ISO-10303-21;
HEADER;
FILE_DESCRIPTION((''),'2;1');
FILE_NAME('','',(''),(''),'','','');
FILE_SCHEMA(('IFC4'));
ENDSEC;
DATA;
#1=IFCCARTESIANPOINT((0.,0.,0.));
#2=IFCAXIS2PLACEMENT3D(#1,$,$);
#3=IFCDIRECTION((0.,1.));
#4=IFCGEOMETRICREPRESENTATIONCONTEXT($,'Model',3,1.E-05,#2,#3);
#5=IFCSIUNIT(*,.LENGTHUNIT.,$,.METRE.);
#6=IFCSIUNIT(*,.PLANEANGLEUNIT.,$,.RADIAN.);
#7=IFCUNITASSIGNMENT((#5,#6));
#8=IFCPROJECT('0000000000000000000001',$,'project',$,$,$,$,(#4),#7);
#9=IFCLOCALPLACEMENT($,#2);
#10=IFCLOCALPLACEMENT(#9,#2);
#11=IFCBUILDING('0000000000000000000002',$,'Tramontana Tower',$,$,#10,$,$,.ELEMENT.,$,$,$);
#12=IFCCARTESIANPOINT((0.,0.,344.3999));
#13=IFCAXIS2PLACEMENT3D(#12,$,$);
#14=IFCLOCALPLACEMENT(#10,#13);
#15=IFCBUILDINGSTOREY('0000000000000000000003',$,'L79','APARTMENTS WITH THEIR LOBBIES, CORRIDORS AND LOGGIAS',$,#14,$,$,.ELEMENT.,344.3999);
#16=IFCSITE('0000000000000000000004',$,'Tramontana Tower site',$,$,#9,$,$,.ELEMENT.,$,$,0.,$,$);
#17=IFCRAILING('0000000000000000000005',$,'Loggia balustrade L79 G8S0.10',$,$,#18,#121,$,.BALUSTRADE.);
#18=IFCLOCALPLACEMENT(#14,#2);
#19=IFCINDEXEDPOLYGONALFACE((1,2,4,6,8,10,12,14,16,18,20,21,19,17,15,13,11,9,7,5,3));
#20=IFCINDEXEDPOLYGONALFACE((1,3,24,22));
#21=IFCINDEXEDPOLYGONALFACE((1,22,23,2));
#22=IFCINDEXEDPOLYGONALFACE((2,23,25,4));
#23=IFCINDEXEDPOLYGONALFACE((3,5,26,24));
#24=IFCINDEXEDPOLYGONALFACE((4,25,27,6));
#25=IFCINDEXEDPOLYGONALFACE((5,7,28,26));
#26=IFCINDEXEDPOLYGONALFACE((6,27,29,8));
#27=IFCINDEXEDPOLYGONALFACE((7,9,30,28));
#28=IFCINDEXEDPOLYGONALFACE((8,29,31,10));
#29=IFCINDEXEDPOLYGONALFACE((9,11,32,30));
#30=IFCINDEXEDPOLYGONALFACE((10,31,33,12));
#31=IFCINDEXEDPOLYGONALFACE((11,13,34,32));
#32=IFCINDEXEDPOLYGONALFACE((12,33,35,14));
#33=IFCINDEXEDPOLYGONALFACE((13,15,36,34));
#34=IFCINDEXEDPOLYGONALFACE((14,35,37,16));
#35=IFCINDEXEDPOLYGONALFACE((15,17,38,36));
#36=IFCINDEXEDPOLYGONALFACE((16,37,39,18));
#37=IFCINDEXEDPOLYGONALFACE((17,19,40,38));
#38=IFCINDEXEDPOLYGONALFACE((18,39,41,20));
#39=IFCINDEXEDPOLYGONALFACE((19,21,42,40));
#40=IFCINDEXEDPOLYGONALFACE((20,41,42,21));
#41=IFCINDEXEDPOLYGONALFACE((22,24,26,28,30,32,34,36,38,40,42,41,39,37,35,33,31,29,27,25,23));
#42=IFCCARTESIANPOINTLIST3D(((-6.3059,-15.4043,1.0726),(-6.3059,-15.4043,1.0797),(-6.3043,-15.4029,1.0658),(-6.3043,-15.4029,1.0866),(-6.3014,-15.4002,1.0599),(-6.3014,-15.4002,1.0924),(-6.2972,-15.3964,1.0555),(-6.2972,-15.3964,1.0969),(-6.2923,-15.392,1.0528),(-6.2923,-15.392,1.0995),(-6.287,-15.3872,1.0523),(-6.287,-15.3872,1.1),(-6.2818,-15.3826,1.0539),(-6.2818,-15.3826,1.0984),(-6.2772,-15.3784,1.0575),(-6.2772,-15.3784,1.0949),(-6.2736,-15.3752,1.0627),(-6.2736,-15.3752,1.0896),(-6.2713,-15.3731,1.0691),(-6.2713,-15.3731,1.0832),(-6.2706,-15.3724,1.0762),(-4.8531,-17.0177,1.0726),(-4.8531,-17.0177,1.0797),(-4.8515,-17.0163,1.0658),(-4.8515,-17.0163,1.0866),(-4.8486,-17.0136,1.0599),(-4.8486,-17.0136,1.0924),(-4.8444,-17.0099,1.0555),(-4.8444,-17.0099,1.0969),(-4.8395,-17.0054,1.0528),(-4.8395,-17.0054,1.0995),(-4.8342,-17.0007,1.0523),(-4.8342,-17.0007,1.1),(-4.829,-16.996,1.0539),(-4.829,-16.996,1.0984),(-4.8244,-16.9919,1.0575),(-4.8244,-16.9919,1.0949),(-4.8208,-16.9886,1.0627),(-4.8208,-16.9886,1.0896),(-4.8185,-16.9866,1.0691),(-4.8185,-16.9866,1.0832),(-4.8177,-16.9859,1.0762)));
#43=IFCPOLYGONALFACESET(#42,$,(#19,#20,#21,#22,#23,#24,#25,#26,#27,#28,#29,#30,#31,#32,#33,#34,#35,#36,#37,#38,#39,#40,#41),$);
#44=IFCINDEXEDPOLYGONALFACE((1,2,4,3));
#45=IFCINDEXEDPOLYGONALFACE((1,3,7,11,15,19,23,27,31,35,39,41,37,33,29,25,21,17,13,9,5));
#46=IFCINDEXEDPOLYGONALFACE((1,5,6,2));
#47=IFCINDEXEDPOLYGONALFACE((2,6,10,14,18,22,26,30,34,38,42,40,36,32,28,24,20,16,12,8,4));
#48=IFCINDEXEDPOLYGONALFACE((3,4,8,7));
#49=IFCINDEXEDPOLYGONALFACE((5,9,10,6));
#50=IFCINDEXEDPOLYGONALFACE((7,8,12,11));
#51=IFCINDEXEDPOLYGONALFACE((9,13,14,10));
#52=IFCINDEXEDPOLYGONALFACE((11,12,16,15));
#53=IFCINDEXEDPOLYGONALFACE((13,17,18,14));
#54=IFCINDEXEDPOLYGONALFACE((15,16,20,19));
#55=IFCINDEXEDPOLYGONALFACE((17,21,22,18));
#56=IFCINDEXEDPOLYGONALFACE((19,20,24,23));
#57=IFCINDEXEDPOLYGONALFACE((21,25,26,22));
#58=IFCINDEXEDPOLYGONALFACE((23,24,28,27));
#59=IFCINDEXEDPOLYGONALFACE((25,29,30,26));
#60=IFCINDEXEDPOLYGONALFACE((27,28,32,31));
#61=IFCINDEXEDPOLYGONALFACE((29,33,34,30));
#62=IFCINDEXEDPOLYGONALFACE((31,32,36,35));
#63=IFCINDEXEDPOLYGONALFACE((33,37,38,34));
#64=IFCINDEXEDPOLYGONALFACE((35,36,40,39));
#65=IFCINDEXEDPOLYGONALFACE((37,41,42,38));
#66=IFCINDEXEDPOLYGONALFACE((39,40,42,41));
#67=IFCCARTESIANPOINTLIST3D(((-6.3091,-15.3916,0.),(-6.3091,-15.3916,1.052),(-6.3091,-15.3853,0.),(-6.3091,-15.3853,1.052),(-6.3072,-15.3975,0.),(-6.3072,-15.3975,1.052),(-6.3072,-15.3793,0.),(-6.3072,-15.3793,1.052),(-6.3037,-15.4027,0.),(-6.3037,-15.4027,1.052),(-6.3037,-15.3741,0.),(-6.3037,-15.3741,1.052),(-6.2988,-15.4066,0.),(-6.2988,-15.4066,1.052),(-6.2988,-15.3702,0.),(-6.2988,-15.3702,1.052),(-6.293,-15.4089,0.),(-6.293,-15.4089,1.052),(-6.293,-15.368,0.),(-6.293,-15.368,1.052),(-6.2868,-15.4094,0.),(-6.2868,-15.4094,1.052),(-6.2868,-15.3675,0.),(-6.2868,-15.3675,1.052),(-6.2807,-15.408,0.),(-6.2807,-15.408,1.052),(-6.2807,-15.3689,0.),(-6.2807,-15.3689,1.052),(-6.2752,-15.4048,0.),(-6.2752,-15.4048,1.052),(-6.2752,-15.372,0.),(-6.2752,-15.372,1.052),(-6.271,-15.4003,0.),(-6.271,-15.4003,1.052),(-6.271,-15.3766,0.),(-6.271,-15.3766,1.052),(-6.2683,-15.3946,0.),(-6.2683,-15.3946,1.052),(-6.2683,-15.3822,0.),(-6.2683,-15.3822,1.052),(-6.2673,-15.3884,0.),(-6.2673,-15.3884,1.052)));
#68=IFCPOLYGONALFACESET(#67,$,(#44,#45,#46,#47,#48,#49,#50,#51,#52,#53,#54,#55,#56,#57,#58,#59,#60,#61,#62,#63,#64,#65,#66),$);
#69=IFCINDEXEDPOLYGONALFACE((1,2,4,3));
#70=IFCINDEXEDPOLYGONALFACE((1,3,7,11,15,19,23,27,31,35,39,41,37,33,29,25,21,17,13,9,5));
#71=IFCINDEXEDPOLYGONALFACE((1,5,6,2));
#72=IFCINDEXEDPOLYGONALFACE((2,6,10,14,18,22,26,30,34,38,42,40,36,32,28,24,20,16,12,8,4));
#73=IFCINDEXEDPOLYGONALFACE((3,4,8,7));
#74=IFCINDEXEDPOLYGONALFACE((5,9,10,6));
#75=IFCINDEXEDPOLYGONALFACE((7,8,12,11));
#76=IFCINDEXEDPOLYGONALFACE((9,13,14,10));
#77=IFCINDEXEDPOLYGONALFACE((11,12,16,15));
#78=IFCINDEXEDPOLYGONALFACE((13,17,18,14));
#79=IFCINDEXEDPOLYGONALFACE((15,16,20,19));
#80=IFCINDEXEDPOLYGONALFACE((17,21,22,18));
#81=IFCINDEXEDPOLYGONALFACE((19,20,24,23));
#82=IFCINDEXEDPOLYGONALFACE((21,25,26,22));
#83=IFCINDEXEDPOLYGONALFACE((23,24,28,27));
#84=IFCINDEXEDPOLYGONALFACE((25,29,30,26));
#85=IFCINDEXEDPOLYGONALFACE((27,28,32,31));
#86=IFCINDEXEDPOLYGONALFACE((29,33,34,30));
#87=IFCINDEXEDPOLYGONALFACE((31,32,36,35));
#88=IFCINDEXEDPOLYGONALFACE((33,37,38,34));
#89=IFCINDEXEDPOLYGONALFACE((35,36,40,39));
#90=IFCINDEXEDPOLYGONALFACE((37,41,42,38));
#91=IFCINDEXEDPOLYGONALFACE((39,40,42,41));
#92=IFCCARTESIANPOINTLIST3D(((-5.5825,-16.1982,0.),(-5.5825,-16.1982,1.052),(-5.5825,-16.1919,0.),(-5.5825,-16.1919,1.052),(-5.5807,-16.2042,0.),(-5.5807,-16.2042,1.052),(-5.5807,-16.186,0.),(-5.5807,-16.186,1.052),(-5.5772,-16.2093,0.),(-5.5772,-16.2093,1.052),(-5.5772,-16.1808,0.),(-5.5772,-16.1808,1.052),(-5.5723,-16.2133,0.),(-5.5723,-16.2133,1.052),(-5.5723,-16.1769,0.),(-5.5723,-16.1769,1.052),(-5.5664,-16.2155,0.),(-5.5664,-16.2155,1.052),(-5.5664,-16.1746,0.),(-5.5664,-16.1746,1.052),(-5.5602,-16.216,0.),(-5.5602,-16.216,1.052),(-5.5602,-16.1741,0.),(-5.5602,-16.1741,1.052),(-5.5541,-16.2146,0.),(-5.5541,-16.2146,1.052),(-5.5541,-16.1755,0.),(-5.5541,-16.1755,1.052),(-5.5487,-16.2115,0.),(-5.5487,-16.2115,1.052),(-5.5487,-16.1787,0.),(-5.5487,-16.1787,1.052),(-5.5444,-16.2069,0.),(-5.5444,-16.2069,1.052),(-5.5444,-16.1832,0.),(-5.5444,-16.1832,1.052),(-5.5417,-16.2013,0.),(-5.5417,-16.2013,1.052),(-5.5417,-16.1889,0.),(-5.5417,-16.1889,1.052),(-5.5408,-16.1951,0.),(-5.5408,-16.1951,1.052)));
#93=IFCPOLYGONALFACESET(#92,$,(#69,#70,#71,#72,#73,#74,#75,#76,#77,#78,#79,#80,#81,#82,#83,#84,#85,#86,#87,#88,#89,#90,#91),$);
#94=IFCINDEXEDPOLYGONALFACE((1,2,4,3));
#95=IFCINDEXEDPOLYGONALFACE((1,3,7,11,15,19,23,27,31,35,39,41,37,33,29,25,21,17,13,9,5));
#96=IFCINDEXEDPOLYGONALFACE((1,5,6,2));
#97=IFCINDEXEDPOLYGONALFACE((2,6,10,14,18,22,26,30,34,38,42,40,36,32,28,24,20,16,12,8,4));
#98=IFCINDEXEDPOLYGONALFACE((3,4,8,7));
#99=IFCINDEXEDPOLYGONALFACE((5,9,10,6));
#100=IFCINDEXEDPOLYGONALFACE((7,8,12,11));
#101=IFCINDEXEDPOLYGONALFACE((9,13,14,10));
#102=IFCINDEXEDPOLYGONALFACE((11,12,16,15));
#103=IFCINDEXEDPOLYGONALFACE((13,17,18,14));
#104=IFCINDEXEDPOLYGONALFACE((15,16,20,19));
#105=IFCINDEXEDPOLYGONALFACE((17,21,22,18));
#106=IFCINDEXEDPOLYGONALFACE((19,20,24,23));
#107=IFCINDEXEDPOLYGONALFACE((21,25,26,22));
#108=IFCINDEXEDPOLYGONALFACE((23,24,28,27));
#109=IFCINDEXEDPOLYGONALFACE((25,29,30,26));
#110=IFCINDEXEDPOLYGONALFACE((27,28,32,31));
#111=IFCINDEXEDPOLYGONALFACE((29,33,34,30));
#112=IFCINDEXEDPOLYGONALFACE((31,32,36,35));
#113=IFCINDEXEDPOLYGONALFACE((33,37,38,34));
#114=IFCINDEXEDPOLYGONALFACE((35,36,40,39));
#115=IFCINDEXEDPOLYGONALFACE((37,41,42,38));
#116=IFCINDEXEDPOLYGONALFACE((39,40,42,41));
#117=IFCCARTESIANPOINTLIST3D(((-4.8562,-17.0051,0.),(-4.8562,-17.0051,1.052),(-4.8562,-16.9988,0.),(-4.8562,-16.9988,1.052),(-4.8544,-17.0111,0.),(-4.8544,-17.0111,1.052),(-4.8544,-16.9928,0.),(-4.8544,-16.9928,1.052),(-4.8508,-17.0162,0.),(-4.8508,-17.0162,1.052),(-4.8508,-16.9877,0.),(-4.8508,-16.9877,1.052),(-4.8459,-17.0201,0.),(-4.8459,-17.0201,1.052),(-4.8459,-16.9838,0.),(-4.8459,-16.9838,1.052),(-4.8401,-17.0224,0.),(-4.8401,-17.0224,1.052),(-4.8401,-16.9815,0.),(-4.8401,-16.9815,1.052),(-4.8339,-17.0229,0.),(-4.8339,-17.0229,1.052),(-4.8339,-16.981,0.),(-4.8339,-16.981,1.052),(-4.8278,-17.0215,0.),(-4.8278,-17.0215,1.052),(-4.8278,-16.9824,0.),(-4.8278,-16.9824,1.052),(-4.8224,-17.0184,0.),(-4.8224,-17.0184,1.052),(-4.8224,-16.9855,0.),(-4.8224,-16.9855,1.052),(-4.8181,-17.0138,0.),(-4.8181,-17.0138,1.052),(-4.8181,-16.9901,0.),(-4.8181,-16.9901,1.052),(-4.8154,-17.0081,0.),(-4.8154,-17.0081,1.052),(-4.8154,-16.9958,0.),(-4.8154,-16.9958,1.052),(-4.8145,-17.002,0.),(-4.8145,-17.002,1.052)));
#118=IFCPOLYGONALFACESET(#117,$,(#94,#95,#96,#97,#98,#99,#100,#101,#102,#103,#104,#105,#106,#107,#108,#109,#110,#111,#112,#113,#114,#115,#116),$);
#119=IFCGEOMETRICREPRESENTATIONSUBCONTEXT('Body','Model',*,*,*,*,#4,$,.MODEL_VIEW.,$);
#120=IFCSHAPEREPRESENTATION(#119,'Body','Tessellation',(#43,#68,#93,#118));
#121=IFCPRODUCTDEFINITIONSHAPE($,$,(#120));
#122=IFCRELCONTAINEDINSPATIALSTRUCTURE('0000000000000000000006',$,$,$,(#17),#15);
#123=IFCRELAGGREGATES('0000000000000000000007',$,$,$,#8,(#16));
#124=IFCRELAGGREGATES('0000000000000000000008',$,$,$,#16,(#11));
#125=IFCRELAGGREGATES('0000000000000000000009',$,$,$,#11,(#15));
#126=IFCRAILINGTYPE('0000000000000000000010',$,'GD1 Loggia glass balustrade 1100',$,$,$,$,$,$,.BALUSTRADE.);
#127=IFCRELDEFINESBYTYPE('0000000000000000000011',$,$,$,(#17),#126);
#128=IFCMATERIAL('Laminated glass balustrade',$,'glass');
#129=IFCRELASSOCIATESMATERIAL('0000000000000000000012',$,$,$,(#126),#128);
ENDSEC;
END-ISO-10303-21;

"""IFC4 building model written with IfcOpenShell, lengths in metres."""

from ifc_helpers import new_model, si_unit, direction, frame, origin, origin_2d, place, context, subcontext, project, spatial, circle, extrude, material, type_object, element, save


model = new_model("IFC4")

# Units and contexts
model_context = context("Model", 3, precision=1e-05, world=origin(), true_north=direction((0.0, 1.0)))
body_context = subcontext(model_context, "Body", "Model", "MODEL_VIEW")
ifc_project = project(units=[si_unit("LENGTHUNIT", "METRE"), si_unit("PLANEANGLEUNIT", "RADIAN")], contexts=[model_context])

# Site, building, storey
site_placement = place(None, origin())
site = spatial("IfcSite", under=ifc_project, at=site_placement, Name="Tramontana Tower site", CompositionType="ELEMENT", RefElevation=0.0)
building_placement = place(site_placement, origin())
building = spatial("IfcBuilding", under=site, at=building_placement, Name="Tramontana Tower", CompositionType="ELEMENT")
storey_placement = place(building_placement, frame((0.0, 0.0, 344.3999)))
storey = spatial("IfcBuildingStorey", under=building, at=storey_placement, Name="L79", Description="APARTMENTS WITH THEIR LOBBIES, CORRIDORS AND LOGGIAS", CompositionType="ELEMENT", Elevation=344.3999)

# Railing
ifc_material_1 = material(Name="Laminated glass balustrade", Category="glass")
railing_type = type_object("IfcRailingType", Name="GD1 Loggia glass balustrade 1100", PredefinedType="BALUSTRADE", material=ifc_material_1)
railing_1_placement = place(storey_placement, frame((-6.2883, -15.3884, 0.0)))
element("IfcRailing", 1, at=railing_1_placement, inside=storey, type_object=railing_type, Name="Loggia balustrade L79 G8S0.10", PredefinedType="BALUSTRADE", context=body_context, shape_type="SweptSolid", body=[
    extrude(circle(Radius=0.0239, at=origin_2d()), frame((0.0, 0.0, 1.0762), z_axis=(0.669145, -0.743132, 0.0), x_axis=(0.743132, 0.669145, 0.0)), (0.0, 0.0, 1.0), 2.1711),
    extrude(circle(Radius=0.021, at=origin_2d()), origin(), (0.0, 0.0, 1.0), 1.052),
    extrude(circle(Radius=0.021, at=origin_2d()), frame((0.7266, -0.8066, 0.0)), (0.0, 0.0, 1.0), 1.052),
    extrude(circle(Radius=0.021, at=origin_2d()), frame((1.4529, -1.6135, 0.0)), (0.0, 0.0, 1.0), 1.052),
])

save(model, "model.ifc")
